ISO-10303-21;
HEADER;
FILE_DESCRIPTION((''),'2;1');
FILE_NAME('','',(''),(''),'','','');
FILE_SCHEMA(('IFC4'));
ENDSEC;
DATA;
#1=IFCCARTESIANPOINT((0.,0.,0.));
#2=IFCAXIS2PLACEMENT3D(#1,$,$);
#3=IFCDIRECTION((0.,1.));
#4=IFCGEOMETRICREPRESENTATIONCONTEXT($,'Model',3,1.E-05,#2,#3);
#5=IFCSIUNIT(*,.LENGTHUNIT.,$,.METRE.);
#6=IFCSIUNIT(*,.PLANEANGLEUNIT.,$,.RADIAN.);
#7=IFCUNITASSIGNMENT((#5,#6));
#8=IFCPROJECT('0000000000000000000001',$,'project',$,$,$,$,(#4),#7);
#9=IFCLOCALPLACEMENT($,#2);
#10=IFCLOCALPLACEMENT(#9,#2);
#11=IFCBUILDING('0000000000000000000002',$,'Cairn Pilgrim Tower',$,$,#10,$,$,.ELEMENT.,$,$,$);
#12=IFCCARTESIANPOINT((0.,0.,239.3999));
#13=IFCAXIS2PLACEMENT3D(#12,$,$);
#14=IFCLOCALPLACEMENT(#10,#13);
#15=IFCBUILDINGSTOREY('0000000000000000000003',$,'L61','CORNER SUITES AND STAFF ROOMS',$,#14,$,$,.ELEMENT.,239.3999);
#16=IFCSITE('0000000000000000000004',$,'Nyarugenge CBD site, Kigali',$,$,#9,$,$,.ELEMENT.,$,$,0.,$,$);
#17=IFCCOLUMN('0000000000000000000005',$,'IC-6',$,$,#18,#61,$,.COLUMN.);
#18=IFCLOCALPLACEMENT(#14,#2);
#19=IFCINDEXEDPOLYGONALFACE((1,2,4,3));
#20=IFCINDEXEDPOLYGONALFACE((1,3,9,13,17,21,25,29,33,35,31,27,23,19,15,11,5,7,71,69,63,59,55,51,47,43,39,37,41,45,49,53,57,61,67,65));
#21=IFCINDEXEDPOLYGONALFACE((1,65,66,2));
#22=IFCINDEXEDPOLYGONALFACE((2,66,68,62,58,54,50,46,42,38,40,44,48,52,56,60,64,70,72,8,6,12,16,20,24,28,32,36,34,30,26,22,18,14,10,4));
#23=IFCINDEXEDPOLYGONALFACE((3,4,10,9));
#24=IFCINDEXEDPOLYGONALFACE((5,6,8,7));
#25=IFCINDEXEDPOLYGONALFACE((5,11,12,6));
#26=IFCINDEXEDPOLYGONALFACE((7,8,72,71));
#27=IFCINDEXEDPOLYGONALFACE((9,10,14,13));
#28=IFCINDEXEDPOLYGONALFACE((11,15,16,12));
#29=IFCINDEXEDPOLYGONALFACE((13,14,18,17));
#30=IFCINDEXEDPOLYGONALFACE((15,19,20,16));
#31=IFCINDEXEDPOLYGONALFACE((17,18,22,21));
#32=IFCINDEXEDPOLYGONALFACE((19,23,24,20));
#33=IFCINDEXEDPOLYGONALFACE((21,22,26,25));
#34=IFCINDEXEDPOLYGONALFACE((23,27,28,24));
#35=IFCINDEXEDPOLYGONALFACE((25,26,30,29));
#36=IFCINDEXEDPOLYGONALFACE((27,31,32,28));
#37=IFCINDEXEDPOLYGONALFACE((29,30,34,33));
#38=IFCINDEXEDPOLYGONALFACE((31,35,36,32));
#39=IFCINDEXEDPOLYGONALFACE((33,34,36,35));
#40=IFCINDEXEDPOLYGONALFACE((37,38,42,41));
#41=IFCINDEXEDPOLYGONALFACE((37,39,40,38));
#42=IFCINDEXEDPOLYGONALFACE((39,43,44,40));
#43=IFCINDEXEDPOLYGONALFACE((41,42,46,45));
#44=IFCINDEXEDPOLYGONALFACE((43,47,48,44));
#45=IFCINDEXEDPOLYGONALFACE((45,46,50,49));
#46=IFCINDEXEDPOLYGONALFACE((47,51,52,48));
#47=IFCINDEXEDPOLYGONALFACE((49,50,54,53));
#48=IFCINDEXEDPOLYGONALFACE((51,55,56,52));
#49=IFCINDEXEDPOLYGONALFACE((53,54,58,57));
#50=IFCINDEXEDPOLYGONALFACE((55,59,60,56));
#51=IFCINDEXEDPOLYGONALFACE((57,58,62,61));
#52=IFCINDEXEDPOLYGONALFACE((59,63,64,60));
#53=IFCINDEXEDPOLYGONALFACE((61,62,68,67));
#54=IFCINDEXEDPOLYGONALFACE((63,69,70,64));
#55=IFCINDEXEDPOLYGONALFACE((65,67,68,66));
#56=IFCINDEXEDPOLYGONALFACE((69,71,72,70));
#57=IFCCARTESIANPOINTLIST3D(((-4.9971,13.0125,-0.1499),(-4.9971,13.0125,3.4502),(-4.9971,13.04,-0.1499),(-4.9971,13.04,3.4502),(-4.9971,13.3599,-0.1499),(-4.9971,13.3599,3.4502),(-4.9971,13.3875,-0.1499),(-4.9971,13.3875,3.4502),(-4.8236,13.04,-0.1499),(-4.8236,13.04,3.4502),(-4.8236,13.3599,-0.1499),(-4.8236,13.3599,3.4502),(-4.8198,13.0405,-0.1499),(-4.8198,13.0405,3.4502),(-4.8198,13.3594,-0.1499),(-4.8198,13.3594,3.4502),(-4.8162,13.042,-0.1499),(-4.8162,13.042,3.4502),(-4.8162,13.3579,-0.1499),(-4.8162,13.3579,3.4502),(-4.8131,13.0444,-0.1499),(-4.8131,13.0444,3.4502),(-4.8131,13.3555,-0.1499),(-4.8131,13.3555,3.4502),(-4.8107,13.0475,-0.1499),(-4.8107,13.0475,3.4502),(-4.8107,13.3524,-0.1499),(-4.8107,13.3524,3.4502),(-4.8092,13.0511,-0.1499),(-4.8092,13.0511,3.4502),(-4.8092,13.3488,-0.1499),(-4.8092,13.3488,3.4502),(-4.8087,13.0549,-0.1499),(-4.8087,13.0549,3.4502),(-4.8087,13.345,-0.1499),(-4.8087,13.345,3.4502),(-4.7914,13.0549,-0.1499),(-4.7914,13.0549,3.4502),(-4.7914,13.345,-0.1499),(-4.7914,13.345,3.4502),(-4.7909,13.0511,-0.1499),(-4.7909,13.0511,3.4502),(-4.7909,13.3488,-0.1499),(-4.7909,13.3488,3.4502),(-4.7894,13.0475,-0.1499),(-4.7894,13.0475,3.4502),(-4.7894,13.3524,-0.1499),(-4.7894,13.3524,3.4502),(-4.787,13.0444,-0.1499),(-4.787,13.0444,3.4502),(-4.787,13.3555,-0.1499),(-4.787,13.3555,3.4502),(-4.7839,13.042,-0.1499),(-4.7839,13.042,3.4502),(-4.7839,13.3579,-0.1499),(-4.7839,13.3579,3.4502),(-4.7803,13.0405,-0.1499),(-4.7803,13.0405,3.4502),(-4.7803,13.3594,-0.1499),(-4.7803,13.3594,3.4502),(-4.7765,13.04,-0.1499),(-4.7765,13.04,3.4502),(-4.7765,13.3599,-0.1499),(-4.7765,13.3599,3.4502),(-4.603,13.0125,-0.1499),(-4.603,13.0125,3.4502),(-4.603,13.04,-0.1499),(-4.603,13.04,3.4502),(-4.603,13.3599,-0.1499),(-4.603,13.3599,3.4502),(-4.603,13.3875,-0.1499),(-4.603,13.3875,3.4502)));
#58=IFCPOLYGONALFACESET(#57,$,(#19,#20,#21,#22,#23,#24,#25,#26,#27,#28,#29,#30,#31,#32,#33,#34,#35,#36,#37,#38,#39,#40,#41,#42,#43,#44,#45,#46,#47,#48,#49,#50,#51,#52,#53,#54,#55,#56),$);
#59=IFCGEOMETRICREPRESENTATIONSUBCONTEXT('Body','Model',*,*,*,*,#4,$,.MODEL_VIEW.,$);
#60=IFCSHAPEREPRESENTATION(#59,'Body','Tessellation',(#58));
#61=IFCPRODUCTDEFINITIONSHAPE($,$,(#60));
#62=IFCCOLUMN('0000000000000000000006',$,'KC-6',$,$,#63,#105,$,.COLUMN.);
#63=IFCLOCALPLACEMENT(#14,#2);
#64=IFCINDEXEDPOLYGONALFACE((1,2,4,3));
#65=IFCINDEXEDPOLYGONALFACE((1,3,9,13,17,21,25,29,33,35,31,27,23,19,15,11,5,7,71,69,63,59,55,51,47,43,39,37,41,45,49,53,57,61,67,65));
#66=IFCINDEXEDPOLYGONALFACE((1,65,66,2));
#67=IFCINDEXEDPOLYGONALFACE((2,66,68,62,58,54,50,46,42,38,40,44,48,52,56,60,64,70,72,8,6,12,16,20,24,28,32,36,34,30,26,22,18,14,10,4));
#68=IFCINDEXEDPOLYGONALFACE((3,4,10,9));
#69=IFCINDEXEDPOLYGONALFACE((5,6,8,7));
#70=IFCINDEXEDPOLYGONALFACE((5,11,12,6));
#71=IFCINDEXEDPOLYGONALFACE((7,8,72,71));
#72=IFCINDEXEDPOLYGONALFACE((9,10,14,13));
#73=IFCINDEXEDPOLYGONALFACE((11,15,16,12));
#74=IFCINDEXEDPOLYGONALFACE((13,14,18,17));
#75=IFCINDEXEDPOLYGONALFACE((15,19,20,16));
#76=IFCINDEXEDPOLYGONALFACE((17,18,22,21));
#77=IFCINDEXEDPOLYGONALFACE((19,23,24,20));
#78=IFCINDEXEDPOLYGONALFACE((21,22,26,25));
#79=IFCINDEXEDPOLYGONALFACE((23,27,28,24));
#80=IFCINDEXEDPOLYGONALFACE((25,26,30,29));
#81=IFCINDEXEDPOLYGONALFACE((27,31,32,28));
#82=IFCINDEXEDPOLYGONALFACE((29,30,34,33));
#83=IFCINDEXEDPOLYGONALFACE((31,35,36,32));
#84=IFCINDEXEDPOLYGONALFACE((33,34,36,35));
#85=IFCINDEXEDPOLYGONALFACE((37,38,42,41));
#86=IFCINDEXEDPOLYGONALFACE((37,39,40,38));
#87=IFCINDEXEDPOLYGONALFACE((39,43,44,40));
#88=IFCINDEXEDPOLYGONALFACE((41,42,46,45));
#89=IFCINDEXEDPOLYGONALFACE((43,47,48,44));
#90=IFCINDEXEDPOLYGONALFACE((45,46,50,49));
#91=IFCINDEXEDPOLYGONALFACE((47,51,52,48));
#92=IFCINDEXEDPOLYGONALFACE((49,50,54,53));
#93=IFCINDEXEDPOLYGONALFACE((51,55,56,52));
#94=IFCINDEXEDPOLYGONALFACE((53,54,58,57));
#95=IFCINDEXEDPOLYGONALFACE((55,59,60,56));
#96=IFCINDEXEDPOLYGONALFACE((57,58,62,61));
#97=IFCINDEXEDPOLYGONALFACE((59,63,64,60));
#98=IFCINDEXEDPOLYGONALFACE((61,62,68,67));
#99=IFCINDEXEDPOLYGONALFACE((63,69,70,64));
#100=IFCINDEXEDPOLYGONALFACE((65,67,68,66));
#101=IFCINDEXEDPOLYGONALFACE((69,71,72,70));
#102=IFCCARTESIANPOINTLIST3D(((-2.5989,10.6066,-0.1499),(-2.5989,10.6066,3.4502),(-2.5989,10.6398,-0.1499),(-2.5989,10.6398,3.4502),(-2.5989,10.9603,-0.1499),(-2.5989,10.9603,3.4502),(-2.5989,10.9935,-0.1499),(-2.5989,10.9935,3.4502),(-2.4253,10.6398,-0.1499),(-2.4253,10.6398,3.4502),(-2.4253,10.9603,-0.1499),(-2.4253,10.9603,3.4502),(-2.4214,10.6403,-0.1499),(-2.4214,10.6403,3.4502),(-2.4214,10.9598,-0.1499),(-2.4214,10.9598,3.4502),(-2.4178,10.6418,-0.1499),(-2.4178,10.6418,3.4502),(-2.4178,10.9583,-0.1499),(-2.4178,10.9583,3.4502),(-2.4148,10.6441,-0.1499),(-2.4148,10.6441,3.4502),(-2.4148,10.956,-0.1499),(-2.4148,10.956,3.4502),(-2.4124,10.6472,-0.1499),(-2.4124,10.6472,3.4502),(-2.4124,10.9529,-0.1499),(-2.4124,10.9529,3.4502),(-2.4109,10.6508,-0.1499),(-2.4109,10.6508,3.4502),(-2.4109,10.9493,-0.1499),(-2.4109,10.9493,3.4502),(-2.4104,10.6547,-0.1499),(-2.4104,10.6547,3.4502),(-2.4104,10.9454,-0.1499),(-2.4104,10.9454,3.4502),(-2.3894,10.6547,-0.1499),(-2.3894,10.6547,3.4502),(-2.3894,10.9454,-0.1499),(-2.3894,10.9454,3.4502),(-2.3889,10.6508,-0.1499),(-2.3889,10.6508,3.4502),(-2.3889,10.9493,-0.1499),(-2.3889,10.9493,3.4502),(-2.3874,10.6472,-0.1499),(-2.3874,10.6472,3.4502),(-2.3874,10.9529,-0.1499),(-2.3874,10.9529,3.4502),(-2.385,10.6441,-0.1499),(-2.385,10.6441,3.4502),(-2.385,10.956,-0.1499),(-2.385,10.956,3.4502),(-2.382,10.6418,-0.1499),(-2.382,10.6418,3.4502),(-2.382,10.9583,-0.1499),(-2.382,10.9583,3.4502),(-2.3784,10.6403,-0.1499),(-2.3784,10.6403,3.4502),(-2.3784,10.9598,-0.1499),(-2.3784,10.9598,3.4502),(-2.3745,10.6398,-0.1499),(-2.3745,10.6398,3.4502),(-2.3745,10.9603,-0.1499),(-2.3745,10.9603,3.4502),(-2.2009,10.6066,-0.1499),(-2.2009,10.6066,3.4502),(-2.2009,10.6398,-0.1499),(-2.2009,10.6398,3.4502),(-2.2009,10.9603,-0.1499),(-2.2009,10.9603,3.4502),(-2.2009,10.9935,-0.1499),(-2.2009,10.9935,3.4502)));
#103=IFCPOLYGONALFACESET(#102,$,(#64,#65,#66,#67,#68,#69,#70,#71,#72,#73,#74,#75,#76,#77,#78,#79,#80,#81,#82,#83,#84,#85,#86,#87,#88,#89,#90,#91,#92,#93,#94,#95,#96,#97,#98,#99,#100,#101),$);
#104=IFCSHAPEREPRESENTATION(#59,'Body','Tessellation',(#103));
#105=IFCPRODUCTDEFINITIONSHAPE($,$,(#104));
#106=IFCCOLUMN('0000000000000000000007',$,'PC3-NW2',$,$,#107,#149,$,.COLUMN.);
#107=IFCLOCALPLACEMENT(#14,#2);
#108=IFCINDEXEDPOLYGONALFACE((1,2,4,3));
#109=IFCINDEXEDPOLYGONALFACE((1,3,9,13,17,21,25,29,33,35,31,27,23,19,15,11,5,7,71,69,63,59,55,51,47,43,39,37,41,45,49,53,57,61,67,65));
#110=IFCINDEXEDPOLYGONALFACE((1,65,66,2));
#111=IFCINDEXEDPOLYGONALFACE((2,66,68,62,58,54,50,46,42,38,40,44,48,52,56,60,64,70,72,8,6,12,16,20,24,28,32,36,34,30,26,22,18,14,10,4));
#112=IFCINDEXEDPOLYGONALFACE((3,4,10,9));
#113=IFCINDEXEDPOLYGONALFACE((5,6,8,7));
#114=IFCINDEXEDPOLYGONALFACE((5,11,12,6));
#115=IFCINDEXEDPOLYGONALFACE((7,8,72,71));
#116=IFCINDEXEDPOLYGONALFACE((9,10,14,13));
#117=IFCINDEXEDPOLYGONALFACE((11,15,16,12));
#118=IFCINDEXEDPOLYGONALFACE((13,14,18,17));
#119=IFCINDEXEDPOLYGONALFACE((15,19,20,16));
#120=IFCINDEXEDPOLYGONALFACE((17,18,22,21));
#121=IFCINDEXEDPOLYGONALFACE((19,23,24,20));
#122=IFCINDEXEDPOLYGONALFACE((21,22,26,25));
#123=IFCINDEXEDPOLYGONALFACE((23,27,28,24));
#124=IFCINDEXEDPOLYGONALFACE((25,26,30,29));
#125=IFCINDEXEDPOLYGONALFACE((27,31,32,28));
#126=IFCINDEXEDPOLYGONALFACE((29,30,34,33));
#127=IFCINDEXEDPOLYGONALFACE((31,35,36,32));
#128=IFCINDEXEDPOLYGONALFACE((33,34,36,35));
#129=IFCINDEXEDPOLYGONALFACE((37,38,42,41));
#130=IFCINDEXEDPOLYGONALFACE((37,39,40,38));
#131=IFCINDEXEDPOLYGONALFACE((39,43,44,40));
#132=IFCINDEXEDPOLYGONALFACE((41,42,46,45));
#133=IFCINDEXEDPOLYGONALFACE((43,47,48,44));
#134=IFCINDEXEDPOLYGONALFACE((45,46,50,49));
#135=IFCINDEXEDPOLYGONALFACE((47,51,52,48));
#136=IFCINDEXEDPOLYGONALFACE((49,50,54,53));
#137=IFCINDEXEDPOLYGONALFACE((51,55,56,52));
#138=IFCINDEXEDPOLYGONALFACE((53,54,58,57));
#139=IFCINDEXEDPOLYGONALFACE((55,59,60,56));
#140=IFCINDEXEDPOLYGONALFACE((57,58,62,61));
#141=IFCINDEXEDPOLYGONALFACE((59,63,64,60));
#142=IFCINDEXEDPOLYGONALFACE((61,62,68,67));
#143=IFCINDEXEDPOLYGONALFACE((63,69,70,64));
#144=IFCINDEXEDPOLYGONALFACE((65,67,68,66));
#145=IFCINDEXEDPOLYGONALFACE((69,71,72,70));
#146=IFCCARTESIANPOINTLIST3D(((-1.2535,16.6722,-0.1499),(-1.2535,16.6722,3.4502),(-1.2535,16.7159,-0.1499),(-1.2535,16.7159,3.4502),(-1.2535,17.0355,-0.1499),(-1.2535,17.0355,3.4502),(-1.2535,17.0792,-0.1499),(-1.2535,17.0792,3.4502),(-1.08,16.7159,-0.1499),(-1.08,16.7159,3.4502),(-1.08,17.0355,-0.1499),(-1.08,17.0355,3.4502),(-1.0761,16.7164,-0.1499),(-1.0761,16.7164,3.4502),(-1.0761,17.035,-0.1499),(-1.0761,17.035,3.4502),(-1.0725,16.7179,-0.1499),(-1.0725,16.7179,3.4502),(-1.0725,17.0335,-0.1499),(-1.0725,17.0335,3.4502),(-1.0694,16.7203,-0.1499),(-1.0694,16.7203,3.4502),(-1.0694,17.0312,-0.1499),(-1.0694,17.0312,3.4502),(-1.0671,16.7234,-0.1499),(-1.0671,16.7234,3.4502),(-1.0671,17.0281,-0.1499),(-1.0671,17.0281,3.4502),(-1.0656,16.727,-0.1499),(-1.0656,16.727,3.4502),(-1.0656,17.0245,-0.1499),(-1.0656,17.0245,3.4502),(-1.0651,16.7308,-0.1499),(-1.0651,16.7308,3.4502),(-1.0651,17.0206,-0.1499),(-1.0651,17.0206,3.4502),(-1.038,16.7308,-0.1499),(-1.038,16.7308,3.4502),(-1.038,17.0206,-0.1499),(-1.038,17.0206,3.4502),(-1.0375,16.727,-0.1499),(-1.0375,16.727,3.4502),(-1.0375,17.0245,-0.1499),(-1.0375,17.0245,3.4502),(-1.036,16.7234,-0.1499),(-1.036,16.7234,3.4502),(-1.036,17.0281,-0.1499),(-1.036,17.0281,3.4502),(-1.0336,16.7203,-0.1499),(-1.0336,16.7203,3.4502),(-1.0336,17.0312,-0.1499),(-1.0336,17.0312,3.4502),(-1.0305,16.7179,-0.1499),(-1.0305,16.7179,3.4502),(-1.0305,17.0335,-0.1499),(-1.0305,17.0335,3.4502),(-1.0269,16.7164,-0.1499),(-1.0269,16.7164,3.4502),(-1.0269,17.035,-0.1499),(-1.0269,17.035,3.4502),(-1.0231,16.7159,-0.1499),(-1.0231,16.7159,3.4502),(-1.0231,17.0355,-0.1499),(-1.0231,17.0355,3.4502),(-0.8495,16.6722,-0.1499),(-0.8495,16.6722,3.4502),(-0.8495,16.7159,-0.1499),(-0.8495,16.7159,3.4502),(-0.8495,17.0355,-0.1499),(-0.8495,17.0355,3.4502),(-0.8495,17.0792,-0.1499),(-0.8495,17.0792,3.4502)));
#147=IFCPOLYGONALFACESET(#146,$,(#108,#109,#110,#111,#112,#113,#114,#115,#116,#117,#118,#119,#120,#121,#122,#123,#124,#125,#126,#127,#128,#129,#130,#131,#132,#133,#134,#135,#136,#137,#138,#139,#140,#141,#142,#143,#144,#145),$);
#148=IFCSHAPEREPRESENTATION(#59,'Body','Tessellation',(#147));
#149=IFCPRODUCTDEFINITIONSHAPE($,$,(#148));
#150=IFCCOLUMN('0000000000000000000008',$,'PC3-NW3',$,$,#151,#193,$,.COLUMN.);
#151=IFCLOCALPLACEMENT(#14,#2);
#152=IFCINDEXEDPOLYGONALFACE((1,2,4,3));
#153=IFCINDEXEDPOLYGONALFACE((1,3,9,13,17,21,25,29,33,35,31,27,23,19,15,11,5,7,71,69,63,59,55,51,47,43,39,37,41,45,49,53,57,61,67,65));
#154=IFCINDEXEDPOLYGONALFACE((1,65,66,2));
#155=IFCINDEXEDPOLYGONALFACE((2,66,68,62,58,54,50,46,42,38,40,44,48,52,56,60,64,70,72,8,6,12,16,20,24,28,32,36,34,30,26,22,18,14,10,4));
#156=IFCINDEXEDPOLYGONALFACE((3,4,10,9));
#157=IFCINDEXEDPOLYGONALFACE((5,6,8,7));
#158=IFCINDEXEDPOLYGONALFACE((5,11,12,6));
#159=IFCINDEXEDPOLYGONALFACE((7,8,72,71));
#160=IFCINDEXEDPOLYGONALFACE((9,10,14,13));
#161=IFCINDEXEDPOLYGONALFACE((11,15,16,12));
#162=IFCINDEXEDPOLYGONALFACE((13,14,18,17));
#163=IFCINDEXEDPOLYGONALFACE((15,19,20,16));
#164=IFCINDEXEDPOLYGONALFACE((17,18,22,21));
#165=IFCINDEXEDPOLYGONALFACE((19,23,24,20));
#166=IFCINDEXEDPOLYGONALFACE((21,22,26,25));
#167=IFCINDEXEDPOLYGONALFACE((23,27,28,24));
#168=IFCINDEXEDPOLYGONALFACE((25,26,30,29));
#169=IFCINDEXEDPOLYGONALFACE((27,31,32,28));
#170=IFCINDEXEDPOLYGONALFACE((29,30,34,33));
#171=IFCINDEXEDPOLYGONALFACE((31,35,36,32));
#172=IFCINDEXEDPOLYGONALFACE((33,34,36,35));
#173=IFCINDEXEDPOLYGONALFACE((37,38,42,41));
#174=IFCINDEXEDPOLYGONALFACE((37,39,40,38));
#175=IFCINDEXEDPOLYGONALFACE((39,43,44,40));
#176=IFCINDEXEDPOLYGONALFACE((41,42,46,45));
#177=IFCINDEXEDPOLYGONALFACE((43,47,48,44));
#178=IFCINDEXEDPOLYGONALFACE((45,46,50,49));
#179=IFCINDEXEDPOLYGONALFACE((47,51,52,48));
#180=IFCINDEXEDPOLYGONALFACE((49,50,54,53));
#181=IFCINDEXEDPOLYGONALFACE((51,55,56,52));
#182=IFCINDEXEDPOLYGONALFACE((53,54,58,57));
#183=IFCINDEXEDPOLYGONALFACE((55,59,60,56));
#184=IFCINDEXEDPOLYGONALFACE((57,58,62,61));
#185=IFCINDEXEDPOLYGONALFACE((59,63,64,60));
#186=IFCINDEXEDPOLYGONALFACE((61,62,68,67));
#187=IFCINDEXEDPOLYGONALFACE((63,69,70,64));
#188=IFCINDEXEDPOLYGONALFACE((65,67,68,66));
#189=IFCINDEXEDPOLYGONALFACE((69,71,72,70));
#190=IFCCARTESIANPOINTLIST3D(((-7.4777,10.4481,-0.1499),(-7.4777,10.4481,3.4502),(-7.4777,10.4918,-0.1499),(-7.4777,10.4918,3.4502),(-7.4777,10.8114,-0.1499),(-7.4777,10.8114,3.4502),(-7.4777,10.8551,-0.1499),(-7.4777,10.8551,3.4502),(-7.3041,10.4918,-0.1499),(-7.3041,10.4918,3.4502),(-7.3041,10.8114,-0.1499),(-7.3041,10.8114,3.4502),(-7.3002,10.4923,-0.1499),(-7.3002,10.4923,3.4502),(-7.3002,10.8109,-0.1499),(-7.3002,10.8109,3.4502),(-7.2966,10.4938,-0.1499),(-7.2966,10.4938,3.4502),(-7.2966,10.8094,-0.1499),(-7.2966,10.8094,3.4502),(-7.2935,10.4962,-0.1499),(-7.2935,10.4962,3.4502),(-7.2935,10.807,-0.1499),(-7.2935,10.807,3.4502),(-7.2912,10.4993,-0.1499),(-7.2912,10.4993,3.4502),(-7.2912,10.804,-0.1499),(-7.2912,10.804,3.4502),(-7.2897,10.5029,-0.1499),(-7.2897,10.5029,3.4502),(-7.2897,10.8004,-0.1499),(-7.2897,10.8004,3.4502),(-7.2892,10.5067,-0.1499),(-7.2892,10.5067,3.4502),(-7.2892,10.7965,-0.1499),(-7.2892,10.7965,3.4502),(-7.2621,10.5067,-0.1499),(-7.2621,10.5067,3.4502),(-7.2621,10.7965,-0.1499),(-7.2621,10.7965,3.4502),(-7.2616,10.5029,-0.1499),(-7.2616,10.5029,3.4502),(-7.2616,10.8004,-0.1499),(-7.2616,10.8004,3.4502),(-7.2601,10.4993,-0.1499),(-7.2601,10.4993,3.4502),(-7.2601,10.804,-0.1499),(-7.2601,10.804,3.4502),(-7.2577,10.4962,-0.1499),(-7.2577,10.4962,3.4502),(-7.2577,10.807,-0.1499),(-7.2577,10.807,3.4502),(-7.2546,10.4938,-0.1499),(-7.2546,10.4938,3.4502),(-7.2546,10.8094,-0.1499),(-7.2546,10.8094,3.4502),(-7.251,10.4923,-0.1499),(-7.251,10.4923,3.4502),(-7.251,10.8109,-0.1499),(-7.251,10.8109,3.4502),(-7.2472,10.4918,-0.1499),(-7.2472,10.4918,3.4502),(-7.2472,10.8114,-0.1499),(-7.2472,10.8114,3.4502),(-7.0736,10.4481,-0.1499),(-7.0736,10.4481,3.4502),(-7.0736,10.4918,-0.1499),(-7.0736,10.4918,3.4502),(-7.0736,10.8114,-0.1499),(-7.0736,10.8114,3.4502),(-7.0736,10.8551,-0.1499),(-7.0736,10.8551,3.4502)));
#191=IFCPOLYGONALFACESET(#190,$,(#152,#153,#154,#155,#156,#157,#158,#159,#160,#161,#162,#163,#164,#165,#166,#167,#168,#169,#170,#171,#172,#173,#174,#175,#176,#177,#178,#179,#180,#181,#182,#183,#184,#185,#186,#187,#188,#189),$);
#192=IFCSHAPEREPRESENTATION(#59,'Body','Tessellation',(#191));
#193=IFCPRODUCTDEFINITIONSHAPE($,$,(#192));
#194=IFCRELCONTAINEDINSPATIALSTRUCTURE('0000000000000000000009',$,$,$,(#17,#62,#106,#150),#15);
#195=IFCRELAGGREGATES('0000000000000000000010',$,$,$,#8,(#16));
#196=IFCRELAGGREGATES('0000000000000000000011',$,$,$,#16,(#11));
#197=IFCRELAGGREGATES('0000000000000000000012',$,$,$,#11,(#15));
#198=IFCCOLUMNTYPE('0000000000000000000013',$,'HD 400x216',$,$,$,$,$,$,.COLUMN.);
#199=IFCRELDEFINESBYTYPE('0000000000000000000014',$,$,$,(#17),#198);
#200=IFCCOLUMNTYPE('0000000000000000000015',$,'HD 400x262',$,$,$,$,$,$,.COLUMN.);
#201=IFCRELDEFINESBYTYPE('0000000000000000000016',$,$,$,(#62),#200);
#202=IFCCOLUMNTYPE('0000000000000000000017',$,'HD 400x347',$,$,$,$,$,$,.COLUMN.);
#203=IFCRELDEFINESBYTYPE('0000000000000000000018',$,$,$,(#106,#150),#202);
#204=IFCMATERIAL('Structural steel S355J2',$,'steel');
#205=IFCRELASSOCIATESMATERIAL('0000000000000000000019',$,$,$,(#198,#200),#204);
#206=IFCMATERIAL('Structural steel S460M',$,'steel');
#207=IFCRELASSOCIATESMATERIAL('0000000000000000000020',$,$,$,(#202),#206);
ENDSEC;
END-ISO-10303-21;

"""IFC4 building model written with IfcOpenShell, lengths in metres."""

from ifc_helpers import new_model, si_unit, direction, frame, origin, origin_2d, place, context, subcontext, project, spatial, i_section, extrude, material, material_profile, profile_set, type_object, element, save


model = new_model("IFC4")

# Units and contexts
model_context = context("Model", 3, precision=1e-05, world=origin(), true_north=direction((0.0, 1.0)))
body_context = subcontext(model_context, "Body", "Model", "MODEL_VIEW")
ifc_project = project(units=[si_unit("LENGTHUNIT", "METRE"), si_unit("PLANEANGLEUNIT", "RADIAN")], contexts=[model_context])

# Site, building, storey
site_placement = place(None, origin())
site = spatial("IfcSite", under=ifc_project, at=site_placement, Name="Nyarugenge CBD site, Kigali", CompositionType="ELEMENT", RefElevation=0.0)
building_placement = place(site_placement, origin())
building = spatial("IfcBuilding", under=site, at=building_placement, Name="Cairn Pilgrim Tower", CompositionType="ELEMENT")
storey_placement = place(building_placement, frame((0.0, 0.0, 239.3999)))
storey = spatial("IfcBuildingStorey", under=building, at=storey_placement, Name="L61", Description="CORNER SUITES AND STAFF ROOMS", CompositionType="ELEMENT", Elevation=239.3999)

# Columns
ifc_material_1 = material(Name="Structural steel S355J2", Category="steel")
ifc_material_profile_1 = material_profile(ifc_material_1, i_section(OverallWidth=0.394, OverallDepth=0.375, WebThickness=0.0173, FlangeThickness=0.0276, FilletRadius=0.0149, at=origin_2d()), Name="HD 400x216")
ifc_profile_set_1 = profile_set([ifc_material_profile_1], Name="Structural steel S355J2")
column_type_1 = type_object("IfcColumnType", Name="HD 400x216", PredefinedType="COLUMN", material=ifc_profile_set_1)
column_1_placement = place(storey_placement, frame((-4.8, 13.2, -0.1499), z_axis=(0.0, 0.0, 1.0), x_axis=(1.0, 0.0, 0.0)))
element("IfcColumn", 1, at=column_1_placement, inside=storey, type_object=column_type_1, Name="IC-6", PredefinedType="COLUMN", context=body_context, shape_type="SweptSolid", body=[
    extrude(i_section(OverallWidth=0.394, OverallDepth=0.375, WebThickness=0.0173, FlangeThickness=0.0276, FilletRadius=0.0149, at=origin_2d()), origin(), (0.0, 0.0, 1.0), 3.6001),
])
ifc_material_profile_2 = material_profile(ifc_material_1, i_section(OverallWidth=0.3979, OverallDepth=0.387, WebThickness=0.021, FlangeThickness=0.0332, FilletRadius=0.0149, at=origin_2d()), Name="HD 400x262")
ifc_profile_set_2 = profile_set([ifc_material_profile_2], Name="Structural steel S355J2")
column_type_2 = type_object("IfcColumnType", Name="HD 400x262", PredefinedType="COLUMN", material=ifc_profile_set_2)
column_2_placement = place(storey_placement, frame((-2.3999, 10.8, -0.1499), z_axis=(0.0, 0.0, 1.0), x_axis=(1.0, 0.0, 0.0)))
element("IfcColumn", 2, at=column_2_placement, inside=storey, type_object=column_type_2, Name="KC-6", PredefinedType="COLUMN", context=body_context, shape_type="SweptSolid", body=[
    extrude(i_section(OverallWidth=0.3979, OverallDepth=0.387, WebThickness=0.021, FlangeThickness=0.0332, FilletRadius=0.0149, at=origin_2d()), origin(), (0.0, 0.0, 1.0), 3.6001),
])
ifc_material_2 = material(Name="Structural steel S460M", Category="steel")
ifc_material_profile_3 = material_profile(ifc_material_2, i_section(OverallWidth=0.4041, OverallDepth=0.407, WebThickness=0.0271, FlangeThickness=0.0437, FilletRadius=0.0149, at=origin_2d()), Name="HD 400x347")
ifc_profile_set_3 = profile_set([ifc_material_profile_3], Name="Structural steel S460M")
column_type_3 = type_object("IfcColumnType", Name="HD 400x347", PredefinedType="COLUMN", material=ifc_profile_set_3)
for number, where, z_axis, x_axis, name in (
    (3, (-1.0515, 16.8757, -0.1499), (0.0, 0.0, 1.0), (1.0, 0.0, 0.0), "PC3-NW2"),
    (4, (-7.2756, 10.6516, -0.1499), (0.0, 0.0, 1.0), (1.0, 0.0, 0.0), "PC3-NW3"),
):
    element("IfcColumn", number, at=place(storey_placement, frame(where, z_axis=z_axis, x_axis=x_axis)), inside=storey, type_object=column_type_3, Name=name, PredefinedType="COLUMN", context=body_context, shape_type="SweptSolid", body=[
        extrude(i_section(OverallWidth=0.4041, OverallDepth=0.407, WebThickness=0.0271, FlangeThickness=0.0437, FilletRadius=0.0149, at=origin_2d()), origin(), (0.0, 0.0, 1.0), 3.6001),
    ])

save(model, "model.ifc")
